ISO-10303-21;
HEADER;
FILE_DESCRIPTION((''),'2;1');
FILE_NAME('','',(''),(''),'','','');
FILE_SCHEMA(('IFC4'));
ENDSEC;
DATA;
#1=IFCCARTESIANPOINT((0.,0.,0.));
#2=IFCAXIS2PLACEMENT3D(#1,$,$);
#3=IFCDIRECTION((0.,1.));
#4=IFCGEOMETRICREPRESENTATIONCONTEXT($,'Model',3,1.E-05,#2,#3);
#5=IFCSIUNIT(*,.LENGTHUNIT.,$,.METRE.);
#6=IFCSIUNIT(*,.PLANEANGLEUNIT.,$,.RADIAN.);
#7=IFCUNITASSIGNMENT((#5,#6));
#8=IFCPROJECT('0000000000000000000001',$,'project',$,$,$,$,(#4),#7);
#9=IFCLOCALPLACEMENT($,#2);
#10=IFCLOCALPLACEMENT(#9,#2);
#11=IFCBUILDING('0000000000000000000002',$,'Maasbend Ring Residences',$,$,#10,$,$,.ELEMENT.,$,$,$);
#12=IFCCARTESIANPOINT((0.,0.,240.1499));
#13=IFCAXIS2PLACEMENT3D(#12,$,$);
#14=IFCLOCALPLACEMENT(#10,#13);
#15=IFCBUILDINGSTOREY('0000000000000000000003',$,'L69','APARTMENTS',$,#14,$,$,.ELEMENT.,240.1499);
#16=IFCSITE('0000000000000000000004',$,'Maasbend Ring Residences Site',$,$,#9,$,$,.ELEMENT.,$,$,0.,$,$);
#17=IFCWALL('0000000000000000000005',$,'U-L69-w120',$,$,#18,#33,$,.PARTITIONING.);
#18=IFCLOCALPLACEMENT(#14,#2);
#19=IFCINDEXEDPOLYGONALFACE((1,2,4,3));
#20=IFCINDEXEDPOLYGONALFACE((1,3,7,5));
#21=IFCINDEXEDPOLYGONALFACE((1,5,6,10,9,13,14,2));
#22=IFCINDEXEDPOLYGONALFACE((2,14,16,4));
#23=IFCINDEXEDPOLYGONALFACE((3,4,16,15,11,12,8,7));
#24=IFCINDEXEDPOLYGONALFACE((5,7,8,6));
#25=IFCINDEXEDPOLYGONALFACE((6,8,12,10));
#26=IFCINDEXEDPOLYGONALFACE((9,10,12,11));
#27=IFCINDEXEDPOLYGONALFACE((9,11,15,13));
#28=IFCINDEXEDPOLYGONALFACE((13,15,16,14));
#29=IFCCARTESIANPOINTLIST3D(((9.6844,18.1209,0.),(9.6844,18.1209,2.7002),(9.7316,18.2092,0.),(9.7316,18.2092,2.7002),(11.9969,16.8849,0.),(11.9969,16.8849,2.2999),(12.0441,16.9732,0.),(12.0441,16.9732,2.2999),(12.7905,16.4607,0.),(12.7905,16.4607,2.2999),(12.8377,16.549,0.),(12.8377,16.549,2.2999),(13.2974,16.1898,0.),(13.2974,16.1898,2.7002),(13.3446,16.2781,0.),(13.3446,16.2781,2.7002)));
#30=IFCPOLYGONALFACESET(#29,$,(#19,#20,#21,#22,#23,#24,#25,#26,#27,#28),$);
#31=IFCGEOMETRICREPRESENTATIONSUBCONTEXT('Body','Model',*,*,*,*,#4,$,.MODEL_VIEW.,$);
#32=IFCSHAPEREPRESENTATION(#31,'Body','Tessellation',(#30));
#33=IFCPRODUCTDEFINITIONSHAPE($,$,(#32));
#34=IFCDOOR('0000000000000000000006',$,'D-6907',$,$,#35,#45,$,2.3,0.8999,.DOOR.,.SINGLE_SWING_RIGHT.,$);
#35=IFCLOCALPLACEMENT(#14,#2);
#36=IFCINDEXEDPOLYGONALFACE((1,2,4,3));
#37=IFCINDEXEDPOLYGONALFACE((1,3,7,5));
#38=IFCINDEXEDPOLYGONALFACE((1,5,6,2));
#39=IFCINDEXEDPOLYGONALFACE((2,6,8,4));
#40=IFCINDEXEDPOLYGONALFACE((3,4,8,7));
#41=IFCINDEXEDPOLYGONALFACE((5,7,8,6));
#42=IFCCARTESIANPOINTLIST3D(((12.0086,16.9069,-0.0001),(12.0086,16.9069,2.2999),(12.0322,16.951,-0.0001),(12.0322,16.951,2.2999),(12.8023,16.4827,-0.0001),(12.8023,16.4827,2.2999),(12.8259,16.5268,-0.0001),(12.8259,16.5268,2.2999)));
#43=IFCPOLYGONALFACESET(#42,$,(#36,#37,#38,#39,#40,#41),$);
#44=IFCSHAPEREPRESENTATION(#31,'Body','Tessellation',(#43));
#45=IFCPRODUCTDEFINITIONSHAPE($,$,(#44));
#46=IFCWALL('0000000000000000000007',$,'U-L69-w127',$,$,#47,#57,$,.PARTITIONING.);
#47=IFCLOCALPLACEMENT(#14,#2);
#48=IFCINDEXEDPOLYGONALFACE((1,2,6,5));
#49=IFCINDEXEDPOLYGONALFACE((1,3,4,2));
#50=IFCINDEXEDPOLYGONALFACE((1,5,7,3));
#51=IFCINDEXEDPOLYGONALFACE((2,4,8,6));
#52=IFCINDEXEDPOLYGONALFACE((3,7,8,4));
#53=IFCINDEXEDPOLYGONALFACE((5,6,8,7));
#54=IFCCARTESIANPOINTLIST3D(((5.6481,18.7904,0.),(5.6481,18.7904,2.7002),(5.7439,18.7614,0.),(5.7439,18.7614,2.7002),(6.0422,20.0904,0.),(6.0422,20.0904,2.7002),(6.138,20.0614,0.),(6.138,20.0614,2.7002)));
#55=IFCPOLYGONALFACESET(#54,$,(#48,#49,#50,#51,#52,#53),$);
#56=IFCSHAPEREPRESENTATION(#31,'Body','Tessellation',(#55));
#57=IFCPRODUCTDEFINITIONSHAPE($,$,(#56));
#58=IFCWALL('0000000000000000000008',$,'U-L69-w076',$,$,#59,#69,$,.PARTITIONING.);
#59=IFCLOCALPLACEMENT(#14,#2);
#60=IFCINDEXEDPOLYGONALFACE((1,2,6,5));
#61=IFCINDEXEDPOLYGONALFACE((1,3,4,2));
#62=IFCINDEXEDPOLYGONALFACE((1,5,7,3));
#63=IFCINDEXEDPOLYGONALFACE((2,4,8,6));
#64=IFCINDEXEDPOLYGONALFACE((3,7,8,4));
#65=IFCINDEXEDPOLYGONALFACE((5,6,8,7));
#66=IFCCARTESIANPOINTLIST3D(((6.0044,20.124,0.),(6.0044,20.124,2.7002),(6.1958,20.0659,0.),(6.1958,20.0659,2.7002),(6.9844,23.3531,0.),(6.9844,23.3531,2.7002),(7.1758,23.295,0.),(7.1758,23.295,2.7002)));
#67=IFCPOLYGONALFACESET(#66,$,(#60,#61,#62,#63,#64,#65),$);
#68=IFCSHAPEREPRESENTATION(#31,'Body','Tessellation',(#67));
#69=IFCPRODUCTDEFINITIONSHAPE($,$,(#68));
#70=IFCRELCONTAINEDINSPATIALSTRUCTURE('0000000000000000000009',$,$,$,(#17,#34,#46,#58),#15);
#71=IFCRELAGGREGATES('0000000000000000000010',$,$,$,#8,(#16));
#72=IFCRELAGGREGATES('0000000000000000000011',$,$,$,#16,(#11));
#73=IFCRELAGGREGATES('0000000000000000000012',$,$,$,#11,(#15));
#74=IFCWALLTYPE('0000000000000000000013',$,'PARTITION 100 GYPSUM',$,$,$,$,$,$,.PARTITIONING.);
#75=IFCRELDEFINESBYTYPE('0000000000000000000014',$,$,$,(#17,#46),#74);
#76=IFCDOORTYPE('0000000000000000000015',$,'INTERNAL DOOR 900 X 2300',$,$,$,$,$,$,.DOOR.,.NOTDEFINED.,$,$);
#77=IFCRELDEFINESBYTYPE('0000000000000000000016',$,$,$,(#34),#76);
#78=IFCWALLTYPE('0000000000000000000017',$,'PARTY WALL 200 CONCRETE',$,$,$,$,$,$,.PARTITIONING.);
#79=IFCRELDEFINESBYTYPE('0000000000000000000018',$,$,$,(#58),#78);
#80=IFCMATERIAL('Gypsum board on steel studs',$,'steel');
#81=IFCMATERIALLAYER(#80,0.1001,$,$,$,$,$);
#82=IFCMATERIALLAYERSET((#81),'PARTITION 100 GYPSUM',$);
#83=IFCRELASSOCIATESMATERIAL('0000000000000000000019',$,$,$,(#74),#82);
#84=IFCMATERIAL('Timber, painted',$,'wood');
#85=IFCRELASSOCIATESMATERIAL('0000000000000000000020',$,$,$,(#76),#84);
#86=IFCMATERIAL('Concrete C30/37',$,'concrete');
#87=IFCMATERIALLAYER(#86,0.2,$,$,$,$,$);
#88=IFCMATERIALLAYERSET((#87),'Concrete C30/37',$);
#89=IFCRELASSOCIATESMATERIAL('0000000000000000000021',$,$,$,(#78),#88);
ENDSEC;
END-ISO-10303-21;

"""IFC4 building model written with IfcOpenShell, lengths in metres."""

from ifc_helpers import new_model, si_unit, direction, frame, frame_2d, origin, place, context, subcontext, project, spatial, rectangle, extrude, material, layer, layer_set, type_object, element, fill, save


model = new_model("IFC4")

# Units and contexts
model_context = context("Model", 3, precision=1e-05, world=origin(), true_north=direction((0.0, 1.0)))
body_context = subcontext(model_context, "Body", "Model", "MODEL_VIEW")
ifc_project = project(units=[si_unit("LENGTHUNIT", "METRE"), si_unit("PLANEANGLEUNIT", "RADIAN")], contexts=[model_context])

# Site, building, storey
site_placement = place(None, origin())
site = spatial("IfcSite", under=ifc_project, at=site_placement, Name="Maasbend Ring Residences Site", CompositionType="ELEMENT", RefElevation=0.0)
building_placement = place(site_placement, origin())
building = spatial("IfcBuilding", under=site, at=building_placement, Name="Maasbend Ring Residences", CompositionType="ELEMENT")
storey_placement = place(building_placement, frame((0.0, 0.0, 240.1499)))
storey = spatial("IfcBuildingStorey", under=building, at=storey_placement, Name="L69", Description="APARTMENTS", CompositionType="ELEMENT", Elevation=240.1499)

# Shared definitions
ifc_material_1 = material(Name="Gypsum board on steel studs", Category="steel")
ifc_layer_1 = layer(ifc_material_1, 0.1001)
ifc_layer_set_1 = layer_set([ifc_layer_1], Name="PARTITION 100 GYPSUM")
wall_type_1 = type_object("IfcWallType", Name="PARTITION 100 GYPSUM", PredefinedType="PARTITIONING", material=ifc_layer_set_1)
ifc_material_2 = material(Name="Timber, painted", Category="wood")
door_type_1 = type_object("IfcDoorType", Name="INTERNAL DOOR 900 X 2300", OperationType="NOTDEFINED", PredefinedType="DOOR", material=ifc_material_2)

# Wall, opening, door
wall_1_placement = place(storey_placement, frame((9.708, 18.165, 0.0), z_axis=(0.0, 0.0, 1.0), x_axis=(0.881927, -0.471386, 0.0)))
wall_1 = element("IfcWall", 1, at=wall_1_placement, inside=storey, type_object=wall_type_1, Name="U-L69-w120", PredefinedType="PARTITIONING", context=body_context, shape_type="SweptSolid", body=[
    extrude(rectangle(XDim=4.0967, YDim=0.1001, at=frame_2d((2.0483, 0.0))), origin(), (0.0, 0.0, 1.0), 2.7002),
])
opening_1_placement = place(wall_1_placement, frame((2.6221, 0.0, 0.0)))
opening_1 = element("IfcOpeningElement", 2, at=opening_1_placement, cuts=wall_1, PredefinedType="OPENING", context=body_context, shape_type="SweptSolid", body=[
    extrude(rectangle(XDim=0.8999, YDim=2.3, at=frame_2d((0.45, 1.1499))), frame((0.0, 0.0601, 0.0), z_axis=(0.0, -1.0, 0.0), x_axis=(1.0, 0.0, 0.0)), (0.0, 0.0, 1.0), 0.1201),
])
door_1_placement = place(opening_1_placement, origin())
door_1 = element("IfcDoor", 3, at=door_1_placement, inside=storey, type_object=door_type_1, Name="D-6907", OperationType="SINGLE_SWING_RIGHT", OverallHeight=2.3, OverallWidth=0.8999, PredefinedType="DOOR", context=body_context, shape_type="SweptSolid", body=[
    extrude(rectangle(XDim=0.8999, YDim=2.3, at=frame_2d((0.45, 1.1499))), frame((0.0, 0.0249, 0.0), z_axis=(0.0, -1.0, 0.0), x_axis=(1.0, 0.0, 0.0)), (0.0, 0.0, 1.0), 0.05),
])
fill(opening_1, door_1)

# Walls
wall_2_placement = place(storey_placement, frame((5.696, 18.7759, 0.0), z_axis=(0.0, 0.0, 1.0), x_axis=(0.290067, 0.957006, 0.0)))
element("IfcWall", 4, at=wall_2_placement, inside=storey, type_object=wall_type_1, Name="U-L69-w127", PredefinedType="PARTITIONING", context=body_context, shape_type="SweptSolid", body=[
    extrude(rectangle(XDim=1.3584, YDim=0.1001, at=frame_2d((0.6792, 0.0))), origin(), (0.0, 0.0, 1.0), 2.7002),
])
ifc_material_3 = material(Name="Concrete C30/37", Category="concrete")
ifc_layer_2 = layer(ifc_material_3, 0.2)
ifc_layer_set_2 = layer_set([ifc_layer_2], Name="Concrete C30/37")
wall_type_2 = type_object("IfcWallType", Name="PARTY WALL 200 CONCRETE", PredefinedType="PARTITIONING", material=ifc_layer_set_2)
wall_3_placement = place(storey_placement, frame((6.1001, 20.095, 0.0), z_axis=(0.0, 0.0, 1.0), x_axis=(0.290413, 0.956901, 0.0)))
element("IfcWall", 5, at=wall_3_placement, inside=storey, type_object=wall_type_2, Name="U-L69-w076", PredefinedType="PARTITIONING", context=body_context, shape_type="SweptSolid", body=[
    extrude(rectangle(XDim=3.3745, YDim=0.2, at=frame_2d((1.6873, 0.0))), origin(), (0.0, 0.0, 1.0), 2.7002),
])

save(model, "model.ifc")
